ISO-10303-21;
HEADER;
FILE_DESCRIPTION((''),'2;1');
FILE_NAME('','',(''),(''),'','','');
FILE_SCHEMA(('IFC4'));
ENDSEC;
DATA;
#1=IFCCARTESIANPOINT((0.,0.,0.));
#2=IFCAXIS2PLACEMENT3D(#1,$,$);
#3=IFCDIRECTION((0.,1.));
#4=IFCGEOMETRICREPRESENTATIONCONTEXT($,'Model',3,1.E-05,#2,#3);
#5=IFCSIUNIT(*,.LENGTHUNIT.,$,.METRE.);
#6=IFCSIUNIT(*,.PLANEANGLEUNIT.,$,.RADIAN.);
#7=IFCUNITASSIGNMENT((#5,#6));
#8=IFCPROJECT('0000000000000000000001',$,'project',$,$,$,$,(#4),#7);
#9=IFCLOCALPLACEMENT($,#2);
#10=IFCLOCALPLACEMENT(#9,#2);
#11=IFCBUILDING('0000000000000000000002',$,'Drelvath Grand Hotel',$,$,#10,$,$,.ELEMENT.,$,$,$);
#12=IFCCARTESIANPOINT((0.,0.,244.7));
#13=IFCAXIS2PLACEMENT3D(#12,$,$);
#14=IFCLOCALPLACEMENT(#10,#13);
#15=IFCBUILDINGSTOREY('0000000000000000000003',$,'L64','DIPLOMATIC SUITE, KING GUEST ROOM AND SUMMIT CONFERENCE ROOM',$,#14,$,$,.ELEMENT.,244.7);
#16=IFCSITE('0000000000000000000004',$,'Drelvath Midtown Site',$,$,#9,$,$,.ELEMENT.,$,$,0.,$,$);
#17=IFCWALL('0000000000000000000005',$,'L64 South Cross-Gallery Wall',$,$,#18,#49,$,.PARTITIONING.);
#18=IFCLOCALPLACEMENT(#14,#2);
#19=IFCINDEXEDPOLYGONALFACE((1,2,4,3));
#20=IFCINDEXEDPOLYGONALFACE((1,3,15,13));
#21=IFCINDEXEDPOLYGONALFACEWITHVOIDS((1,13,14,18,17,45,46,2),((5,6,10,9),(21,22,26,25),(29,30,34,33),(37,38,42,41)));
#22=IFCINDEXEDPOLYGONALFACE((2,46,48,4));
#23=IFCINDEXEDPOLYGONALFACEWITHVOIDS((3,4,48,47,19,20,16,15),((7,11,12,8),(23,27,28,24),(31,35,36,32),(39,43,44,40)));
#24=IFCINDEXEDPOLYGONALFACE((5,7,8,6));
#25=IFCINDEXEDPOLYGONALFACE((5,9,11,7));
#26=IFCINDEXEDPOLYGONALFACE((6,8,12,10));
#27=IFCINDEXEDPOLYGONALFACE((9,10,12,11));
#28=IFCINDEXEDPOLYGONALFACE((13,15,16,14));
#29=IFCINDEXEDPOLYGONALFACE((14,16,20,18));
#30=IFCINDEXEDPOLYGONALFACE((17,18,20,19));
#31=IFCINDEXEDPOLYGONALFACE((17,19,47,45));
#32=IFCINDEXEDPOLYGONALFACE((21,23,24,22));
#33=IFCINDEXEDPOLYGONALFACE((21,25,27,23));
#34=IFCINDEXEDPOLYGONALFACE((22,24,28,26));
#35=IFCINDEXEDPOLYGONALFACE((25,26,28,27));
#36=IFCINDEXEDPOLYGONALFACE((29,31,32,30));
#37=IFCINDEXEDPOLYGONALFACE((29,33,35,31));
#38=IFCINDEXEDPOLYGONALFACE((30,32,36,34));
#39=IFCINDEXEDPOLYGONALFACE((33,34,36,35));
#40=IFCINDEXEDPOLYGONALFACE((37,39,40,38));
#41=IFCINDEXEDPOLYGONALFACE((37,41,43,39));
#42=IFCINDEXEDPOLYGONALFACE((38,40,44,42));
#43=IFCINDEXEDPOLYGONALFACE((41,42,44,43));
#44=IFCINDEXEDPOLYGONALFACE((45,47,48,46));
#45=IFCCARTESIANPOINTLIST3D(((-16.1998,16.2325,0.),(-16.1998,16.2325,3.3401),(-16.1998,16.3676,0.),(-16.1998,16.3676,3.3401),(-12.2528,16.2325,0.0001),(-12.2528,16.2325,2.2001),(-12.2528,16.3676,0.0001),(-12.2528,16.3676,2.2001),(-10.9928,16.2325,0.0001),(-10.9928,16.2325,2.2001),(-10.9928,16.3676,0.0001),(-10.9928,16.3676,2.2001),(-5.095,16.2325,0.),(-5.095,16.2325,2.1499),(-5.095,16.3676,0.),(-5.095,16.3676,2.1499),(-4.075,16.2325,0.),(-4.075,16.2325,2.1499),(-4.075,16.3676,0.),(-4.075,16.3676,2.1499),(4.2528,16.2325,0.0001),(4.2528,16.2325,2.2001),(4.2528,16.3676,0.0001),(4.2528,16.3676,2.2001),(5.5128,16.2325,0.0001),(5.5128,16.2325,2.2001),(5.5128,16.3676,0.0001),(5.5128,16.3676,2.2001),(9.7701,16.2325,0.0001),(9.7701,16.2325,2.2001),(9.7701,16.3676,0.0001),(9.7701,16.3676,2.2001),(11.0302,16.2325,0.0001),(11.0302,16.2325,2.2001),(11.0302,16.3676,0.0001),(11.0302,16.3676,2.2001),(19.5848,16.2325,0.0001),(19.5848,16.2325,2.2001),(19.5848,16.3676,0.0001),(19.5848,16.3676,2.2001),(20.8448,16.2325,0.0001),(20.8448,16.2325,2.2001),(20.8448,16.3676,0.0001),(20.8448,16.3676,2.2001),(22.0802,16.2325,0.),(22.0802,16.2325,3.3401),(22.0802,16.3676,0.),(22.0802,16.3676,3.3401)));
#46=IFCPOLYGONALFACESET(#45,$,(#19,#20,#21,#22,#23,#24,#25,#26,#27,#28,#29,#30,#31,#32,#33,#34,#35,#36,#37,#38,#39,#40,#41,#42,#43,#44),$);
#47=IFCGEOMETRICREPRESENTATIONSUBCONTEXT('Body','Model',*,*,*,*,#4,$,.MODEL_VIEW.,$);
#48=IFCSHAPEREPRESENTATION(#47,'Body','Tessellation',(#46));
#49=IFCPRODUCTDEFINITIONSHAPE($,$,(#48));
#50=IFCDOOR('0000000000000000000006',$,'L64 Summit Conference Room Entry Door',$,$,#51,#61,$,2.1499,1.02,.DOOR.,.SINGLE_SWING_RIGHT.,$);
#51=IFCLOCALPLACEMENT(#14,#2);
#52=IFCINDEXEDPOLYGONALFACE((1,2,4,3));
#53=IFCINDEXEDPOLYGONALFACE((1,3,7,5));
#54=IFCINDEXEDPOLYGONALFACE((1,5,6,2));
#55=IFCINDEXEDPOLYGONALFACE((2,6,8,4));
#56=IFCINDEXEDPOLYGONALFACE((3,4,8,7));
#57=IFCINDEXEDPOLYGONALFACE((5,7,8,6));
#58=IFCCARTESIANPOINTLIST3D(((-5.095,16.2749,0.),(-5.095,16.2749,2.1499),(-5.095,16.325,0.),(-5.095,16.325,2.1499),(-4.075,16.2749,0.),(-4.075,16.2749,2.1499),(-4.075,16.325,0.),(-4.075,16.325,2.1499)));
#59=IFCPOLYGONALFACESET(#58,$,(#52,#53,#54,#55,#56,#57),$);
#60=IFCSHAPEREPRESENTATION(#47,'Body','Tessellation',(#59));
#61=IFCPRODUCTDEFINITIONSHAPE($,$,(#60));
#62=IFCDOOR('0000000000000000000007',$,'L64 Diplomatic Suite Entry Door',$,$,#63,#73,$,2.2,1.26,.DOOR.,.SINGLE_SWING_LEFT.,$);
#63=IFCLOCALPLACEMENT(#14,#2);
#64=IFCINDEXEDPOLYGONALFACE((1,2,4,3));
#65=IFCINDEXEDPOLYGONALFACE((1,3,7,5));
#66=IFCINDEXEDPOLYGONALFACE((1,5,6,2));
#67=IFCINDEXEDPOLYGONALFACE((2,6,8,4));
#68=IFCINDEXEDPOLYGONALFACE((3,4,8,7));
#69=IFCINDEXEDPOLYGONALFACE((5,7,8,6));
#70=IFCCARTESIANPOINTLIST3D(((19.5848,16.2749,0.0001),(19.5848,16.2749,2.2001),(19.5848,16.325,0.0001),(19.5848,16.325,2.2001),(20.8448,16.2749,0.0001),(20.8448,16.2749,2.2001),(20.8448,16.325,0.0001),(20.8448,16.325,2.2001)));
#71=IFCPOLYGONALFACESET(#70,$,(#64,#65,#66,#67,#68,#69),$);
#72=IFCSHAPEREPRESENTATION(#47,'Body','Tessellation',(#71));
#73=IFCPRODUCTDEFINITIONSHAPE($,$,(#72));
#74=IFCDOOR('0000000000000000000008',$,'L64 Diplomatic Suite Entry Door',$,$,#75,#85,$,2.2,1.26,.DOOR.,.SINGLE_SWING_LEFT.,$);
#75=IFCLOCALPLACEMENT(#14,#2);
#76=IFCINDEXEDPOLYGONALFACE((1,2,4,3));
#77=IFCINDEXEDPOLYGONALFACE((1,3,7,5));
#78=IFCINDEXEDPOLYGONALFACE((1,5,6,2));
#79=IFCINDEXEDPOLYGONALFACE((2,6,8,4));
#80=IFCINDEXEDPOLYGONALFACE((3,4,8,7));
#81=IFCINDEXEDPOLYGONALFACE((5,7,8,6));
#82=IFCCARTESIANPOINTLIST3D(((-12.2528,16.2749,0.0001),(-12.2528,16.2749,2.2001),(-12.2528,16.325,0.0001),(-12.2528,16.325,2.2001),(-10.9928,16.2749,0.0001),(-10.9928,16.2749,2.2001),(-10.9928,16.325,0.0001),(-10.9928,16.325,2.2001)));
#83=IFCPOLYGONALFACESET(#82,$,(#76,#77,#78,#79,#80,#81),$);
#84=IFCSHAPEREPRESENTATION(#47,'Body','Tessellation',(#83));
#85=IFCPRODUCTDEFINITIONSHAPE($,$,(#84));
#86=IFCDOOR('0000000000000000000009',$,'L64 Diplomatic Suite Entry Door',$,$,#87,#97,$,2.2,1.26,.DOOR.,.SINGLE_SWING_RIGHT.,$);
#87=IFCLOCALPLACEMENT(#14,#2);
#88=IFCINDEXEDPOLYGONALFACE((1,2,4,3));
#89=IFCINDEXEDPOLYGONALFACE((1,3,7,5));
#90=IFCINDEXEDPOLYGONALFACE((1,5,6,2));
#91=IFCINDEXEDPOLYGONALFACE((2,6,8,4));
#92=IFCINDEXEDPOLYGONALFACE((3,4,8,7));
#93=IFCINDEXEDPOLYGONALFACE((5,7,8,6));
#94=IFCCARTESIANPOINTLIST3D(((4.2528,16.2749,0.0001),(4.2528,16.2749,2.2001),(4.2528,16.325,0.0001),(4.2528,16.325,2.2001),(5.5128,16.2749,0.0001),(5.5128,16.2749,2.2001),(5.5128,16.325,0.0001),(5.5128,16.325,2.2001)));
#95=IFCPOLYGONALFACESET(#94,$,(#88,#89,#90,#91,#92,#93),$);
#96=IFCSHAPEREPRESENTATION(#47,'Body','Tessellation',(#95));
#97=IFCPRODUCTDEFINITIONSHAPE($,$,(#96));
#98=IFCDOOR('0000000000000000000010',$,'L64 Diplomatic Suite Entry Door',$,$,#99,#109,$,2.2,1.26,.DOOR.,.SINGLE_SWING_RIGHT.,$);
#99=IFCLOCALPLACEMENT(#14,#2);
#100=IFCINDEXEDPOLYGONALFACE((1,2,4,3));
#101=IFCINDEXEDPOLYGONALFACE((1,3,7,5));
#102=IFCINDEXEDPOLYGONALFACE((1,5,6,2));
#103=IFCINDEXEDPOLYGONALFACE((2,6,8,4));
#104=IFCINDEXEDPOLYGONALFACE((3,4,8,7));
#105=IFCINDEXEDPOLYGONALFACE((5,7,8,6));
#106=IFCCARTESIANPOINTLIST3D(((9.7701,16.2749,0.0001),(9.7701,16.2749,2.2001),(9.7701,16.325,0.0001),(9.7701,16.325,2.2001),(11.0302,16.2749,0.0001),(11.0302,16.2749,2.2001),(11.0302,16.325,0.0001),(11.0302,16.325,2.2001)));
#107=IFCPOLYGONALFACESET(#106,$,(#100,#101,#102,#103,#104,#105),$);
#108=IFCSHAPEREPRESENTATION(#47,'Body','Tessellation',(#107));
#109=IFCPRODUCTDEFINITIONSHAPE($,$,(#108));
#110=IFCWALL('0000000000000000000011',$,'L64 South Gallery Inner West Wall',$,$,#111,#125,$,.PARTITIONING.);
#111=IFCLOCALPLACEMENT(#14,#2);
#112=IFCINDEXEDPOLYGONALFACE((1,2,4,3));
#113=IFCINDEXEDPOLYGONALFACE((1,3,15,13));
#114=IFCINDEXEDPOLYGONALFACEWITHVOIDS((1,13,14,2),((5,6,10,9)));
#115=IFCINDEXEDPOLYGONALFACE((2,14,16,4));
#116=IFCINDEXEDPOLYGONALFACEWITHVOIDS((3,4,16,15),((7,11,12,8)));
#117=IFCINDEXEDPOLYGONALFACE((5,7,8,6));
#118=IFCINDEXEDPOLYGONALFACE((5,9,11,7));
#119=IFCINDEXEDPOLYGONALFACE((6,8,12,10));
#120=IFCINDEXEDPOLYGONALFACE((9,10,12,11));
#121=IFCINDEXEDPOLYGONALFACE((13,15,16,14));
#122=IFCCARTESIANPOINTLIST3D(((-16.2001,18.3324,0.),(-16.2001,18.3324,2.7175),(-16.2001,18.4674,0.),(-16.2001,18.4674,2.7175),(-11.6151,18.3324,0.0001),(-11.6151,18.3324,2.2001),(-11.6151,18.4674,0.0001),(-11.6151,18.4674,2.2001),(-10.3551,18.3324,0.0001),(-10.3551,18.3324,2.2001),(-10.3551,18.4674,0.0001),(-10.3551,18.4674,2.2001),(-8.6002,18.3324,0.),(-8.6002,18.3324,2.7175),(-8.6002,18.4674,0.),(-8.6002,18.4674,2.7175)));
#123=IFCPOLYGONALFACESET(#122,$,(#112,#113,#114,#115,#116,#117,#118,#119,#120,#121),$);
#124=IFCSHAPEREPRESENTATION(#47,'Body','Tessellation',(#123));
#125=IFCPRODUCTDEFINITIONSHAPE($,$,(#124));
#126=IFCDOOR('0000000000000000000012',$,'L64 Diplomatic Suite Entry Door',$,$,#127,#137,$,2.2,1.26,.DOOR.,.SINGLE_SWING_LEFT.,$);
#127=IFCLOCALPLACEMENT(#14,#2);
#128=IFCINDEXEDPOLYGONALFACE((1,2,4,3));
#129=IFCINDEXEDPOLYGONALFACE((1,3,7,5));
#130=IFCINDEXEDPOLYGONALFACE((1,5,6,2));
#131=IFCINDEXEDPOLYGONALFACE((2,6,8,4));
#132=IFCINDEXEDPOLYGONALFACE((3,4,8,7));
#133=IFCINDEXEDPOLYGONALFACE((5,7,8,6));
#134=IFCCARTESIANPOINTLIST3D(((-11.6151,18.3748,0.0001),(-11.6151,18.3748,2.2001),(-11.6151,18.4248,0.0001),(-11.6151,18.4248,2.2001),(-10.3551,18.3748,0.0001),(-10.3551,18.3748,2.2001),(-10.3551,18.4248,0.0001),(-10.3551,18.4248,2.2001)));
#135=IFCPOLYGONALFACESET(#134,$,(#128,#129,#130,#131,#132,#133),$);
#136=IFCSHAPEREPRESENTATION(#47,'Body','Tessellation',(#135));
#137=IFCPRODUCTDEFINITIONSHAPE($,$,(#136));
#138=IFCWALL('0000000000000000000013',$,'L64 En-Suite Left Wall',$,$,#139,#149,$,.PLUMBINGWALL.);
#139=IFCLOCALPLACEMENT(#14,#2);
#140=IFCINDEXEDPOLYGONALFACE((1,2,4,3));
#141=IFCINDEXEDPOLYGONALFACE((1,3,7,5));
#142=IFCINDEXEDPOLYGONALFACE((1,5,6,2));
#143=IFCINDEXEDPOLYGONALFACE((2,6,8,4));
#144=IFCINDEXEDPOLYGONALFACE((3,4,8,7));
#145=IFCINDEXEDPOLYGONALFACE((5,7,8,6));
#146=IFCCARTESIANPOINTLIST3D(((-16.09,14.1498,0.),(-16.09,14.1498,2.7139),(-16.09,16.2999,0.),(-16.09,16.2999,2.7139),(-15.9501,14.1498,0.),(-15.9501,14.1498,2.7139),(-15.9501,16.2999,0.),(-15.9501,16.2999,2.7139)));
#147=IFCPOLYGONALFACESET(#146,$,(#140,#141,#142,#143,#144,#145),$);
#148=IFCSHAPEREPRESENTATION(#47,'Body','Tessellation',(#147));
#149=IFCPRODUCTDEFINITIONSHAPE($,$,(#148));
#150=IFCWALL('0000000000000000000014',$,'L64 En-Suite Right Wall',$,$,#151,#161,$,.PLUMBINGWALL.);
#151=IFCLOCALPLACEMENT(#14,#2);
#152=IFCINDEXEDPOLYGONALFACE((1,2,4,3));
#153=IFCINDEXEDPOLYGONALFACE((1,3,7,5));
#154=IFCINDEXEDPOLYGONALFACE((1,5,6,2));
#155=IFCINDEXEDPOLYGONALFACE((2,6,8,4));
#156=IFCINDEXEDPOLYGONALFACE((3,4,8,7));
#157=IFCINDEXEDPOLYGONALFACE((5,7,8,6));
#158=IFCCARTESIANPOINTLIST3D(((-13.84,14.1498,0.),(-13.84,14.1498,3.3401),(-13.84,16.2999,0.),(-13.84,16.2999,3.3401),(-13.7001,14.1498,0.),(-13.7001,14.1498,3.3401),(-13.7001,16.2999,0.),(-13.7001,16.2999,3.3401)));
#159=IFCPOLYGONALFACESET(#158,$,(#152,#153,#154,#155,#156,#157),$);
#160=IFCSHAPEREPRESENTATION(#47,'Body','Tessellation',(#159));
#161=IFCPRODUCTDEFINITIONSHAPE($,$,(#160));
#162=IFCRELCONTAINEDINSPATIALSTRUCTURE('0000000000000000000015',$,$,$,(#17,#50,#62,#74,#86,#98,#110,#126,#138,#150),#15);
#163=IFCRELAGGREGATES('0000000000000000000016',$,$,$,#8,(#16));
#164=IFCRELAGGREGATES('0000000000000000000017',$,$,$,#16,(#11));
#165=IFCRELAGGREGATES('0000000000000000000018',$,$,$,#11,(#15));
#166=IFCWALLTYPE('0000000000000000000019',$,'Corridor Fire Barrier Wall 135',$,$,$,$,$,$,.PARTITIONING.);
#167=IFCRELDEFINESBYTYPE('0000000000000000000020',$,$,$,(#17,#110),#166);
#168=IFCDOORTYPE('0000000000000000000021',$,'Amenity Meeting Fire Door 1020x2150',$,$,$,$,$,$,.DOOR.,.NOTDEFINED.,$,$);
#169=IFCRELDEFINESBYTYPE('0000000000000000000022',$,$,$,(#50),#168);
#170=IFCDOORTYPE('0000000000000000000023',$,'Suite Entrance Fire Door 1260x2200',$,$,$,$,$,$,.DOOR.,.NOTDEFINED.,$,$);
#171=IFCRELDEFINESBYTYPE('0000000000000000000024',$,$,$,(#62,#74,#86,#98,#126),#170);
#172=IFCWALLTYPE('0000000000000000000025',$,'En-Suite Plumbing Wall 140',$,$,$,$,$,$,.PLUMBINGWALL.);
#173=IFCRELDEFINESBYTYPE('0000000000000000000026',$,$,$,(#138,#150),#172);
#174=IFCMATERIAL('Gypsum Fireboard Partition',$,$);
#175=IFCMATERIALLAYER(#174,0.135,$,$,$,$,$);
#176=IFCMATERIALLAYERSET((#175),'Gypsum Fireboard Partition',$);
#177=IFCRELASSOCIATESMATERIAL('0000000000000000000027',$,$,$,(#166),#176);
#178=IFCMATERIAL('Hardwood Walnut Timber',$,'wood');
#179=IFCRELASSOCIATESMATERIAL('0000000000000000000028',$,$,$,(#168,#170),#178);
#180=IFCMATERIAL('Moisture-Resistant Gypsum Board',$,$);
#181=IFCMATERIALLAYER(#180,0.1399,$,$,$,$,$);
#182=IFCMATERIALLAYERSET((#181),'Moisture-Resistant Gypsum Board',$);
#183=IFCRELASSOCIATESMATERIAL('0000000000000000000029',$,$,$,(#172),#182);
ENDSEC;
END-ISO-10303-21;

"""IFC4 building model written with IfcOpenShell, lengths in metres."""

from ifc_helpers import new_model, si_unit, direction, frame, frame_2d, origin, place, context, subcontext, project, spatial, rectangle, extrude, material, layer, layer_set, type_object, element, fill, save


model = new_model("IFC4")

# Units and contexts
model_context = context("Model", 3, precision=1e-05, world=origin(), true_north=direction((0.0, 1.0)))
body_context = subcontext(model_context, "Body", "Model", "MODEL_VIEW")
ifc_project = project(units=[si_unit("LENGTHUNIT", "METRE"), si_unit("PLANEANGLEUNIT", "RADIAN")], contexts=[model_context])

# Site, building, storey
site_placement = place(None, origin())
site = spatial("IfcSite", under=ifc_project, at=site_placement, Name="Drelvath Midtown Site", CompositionType="ELEMENT", RefElevation=0.0)
building_placement = place(site_placement, origin())
building = spatial("IfcBuilding", under=site, at=building_placement, Name="Drelvath Grand Hotel", CompositionType="ELEMENT")
storey_placement = place(building_placement, frame((0.0, 0.0, 244.7)))
storey = spatial("IfcBuildingStorey", under=building, at=storey_placement, Name="L64", Description="DIPLOMATIC SUITE, KING GUEST ROOM AND SUMMIT CONFERENCE ROOM", CompositionType="ELEMENT", Elevation=244.7)

# Wall, openings, doors
ifc_material_1 = material(Name="Gypsum Fireboard Partition")
ifc_layer_1 = layer(ifc_material_1, 0.135)
ifc_layer_set_1 = layer_set([ifc_layer_1], Name="Gypsum Fireboard Partition")
wall_type_1 = type_object("IfcWallType", Name="Corridor Fire Barrier Wall 135", PredefinedType="PARTITIONING", material=ifc_layer_set_1)
wall_1_placement = place(storey_placement, frame((-16.2, 16.3, 0.0), z_axis=(0.0, 0.0, 1.0), x_axis=(1.0, 0.0, 0.0)))
wall_1 = element("IfcWall", 1, at=wall_1_placement, inside=storey, type_object=wall_type_1, Name="L64 South Cross-Gallery Wall", PredefinedType="PARTITIONING", context=body_context, shape_type="SweptSolid", body=[
    extrude(rectangle(XDim=38.28, YDim=0.135, at=frame_2d((19.1401, 0.0))), origin(), (0.0, 0.0, 1.0), 3.3401),
])
opening_1_placement = place(wall_1_placement, frame((35.7849, 0.0, 0.0)))
opening_1 = element("IfcOpeningElement", 2, at=opening_1_placement, cuts=wall_1, PredefinedType="OPENING", context=body_context, shape_type="SweptSolid", body=[
    extrude(rectangle(XDim=1.26, YDim=2.2, at=frame_2d((0.6299, 1.1001))), frame((0.0, 0.0774, 0.0), z_axis=(0.0, -1.0, 0.0), x_axis=(1.0, 0.0, 0.0)), (0.0, 0.0, 1.0), 0.155),
])
opening_2_placement = place(wall_1_placement, frame((3.9473, 0.0, 0.0)))
opening_2 = element("IfcOpeningElement", 3, at=opening_2_placement, cuts=wall_1, PredefinedType="OPENING", context=body_context, shape_type="SweptSolid", body=[
    extrude(rectangle(XDim=1.26, YDim=2.2, at=frame_2d((0.6299, 1.1001))), frame((0.0, 0.0774, 0.0), z_axis=(0.0, -1.0, 0.0), x_axis=(1.0, 0.0, 0.0)), (0.0, 0.0, 1.0), 0.155),
])
opening_3_placement = place(wall_1_placement, frame((11.105, 0.0, 0.0)))
opening_3 = element("IfcOpeningElement", 4, at=opening_3_placement, cuts=wall_1, PredefinedType="OPENING", context=body_context, shape_type="SweptSolid", body=[
    extrude(rectangle(XDim=1.02, YDim=2.1499, at=frame_2d((0.51, 1.075))), frame((0.0, 0.0774, 0.0), z_axis=(0.0, -1.0, 0.0), x_axis=(1.0, 0.0, 0.0)), (0.0, 0.0, 1.0), 0.155),
])
opening_4_placement = place(wall_1_placement, frame((20.4529, 0.0, 0.0)))
opening_4 = element("IfcOpeningElement", 5, at=opening_4_placement, cuts=wall_1, PredefinedType="OPENING", context=body_context, shape_type="SweptSolid", body=[
    extrude(rectangle(XDim=1.26, YDim=2.2, at=frame_2d((0.6299, 1.1001))), frame((0.0, 0.0774, 0.0), z_axis=(0.0, -1.0, 0.0), x_axis=(1.0, 0.0, 0.0)), (0.0, 0.0, 1.0), 0.155),
])
opening_5_placement = place(wall_1_placement, frame((25.9702, 0.0, 0.0)))
opening_5 = element("IfcOpeningElement", 6, at=opening_5_placement, cuts=wall_1, PredefinedType="OPENING", context=body_context, shape_type="SweptSolid", body=[
    extrude(rectangle(XDim=1.26, YDim=2.2, at=frame_2d((0.6299, 1.1001))), frame((0.0, 0.0774, 0.0), z_axis=(0.0, -1.0, 0.0), x_axis=(1.0, 0.0, 0.0)), (0.0, 0.0, 1.0), 0.155),
])
ifc_material_2 = material(Name="Hardwood Walnut Timber", Category="wood")
door_type_1 = type_object("IfcDoorType", Name="Amenity Meeting Fire Door 1020x2150", OperationType="NOTDEFINED", PredefinedType="DOOR", material=ifc_material_2)
door_1_placement = place(opening_3_placement, origin())
door_1 = element("IfcDoor", 7, at=door_1_placement, inside=storey, type_object=door_type_1, Name="L64 Summit Conference Room Entry Door", OperationType="SINGLE_SWING_RIGHT", OverallHeight=2.1499, OverallWidth=1.02, PredefinedType="DOOR", context=body_context, shape_type="SweptSolid", body=[
    extrude(rectangle(XDim=1.02, YDim=2.1499, at=frame_2d((0.51, 1.075))), frame((0.0, 0.0249, 0.0), z_axis=(0.0, -1.0, 0.0), x_axis=(1.0, 0.0, 0.0)), (0.0, 0.0, 1.0), 0.05),
])
fill(opening_3, door_1)
door_type_2 = type_object("IfcDoorType", Name="Suite Entrance Fire Door 1260x2200", OperationType="NOTDEFINED", PredefinedType="DOOR", material=ifc_material_2)
door_2_placement = place(opening_1_placement, origin())
door_2 = element("IfcDoor", 8, at=door_2_placement, inside=storey, type_object=door_type_2, Name="L64 Diplomatic Suite Entry Door", OperationType="SINGLE_SWING_LEFT", OverallHeight=2.2, OverallWidth=1.26, PredefinedType="DOOR", context=body_context, shape_type="SweptSolid", body=[
    extrude(rectangle(XDim=1.26, YDim=2.2, at=frame_2d((0.6299, 1.1001))), frame((0.0, 0.0249, 0.0), z_axis=(0.0, -1.0, 0.0), x_axis=(1.0, 0.0, 0.0)), (0.0, 0.0, 1.0), 0.05),
])
fill(opening_1, door_2)
door_3_placement = place(opening_2_placement, origin())
door_3 = element("IfcDoor", 9, at=door_3_placement, inside=storey, type_object=door_type_2, Name="L64 Diplomatic Suite Entry Door", OperationType="SINGLE_SWING_LEFT", OverallHeight=2.2, OverallWidth=1.26, PredefinedType="DOOR", context=body_context, shape_type="SweptSolid", body=[
    extrude(rectangle(XDim=1.26, YDim=2.2, at=frame_2d((0.6299, 1.1001))), frame((0.0, 0.0249, 0.0), z_axis=(0.0, -1.0, 0.0), x_axis=(1.0, 0.0, 0.0)), (0.0, 0.0, 1.0), 0.05),
])
fill(opening_2, door_3)
door_4_placement = place(opening_4_placement, origin())
door_4 = element("IfcDoor", 10, at=door_4_placement, inside=storey, type_object=door_type_2, Name="L64 Diplomatic Suite Entry Door", OperationType="SINGLE_SWING_RIGHT", OverallHeight=2.2, OverallWidth=1.26, PredefinedType="DOOR", context=body_context, shape_type="SweptSolid", body=[
    extrude(rectangle(XDim=1.26, YDim=2.2, at=frame_2d((0.6299, 1.1001))), frame((0.0, 0.0249, 0.0), z_axis=(0.0, -1.0, 0.0), x_axis=(1.0, 0.0, 0.0)), (0.0, 0.0, 1.0), 0.05),
])
fill(opening_4, door_4)
door_5_placement = place(opening_5_placement, origin())
door_5 = element("IfcDoor", 11, at=door_5_placement, inside=storey, type_object=door_type_2, Name="L64 Diplomatic Suite Entry Door", OperationType="SINGLE_SWING_RIGHT", OverallHeight=2.2, OverallWidth=1.26, PredefinedType="DOOR", context=body_context, shape_type="SweptSolid", body=[
    extrude(rectangle(XDim=1.26, YDim=2.2, at=frame_2d((0.6299, 1.1001))), frame((0.0, 0.0249, 0.0), z_axis=(0.0, -1.0, 0.0), x_axis=(1.0, 0.0, 0.0)), (0.0, 0.0, 1.0), 0.05),
])
fill(opening_5, door_5)

# Wall, opening, door
wall_2_placement = place(storey_placement, frame((-16.2, 18.3999, 0.0), z_axis=(0.0, 0.0, 1.0), x_axis=(1.0, 0.0, 0.0)))
wall_2 = element("IfcWall", 12, at=wall_2_placement, inside=storey, type_object=wall_type_1, Name="L64 South Gallery Inner West Wall", PredefinedType="PARTITIONING", context=body_context, shape_type="SweptSolid", body=[
    extrude(rectangle(XDim=7.5999, YDim=0.135, at=frame_2d((3.7998, 0.0))), origin(), (0.0, 0.0, 1.0), 2.7175),
])
opening_6_placement = place(wall_2_placement, frame((4.585, 0.0, 0.0)))
opening_6 = element("IfcOpeningElement", 13, at=opening_6_placement, cuts=wall_2, PredefinedType="OPENING", context=body_context, shape_type="SweptSolid", body=[
    extrude(rectangle(XDim=1.26, YDim=2.2, at=frame_2d((0.6299, 1.1001))), frame((0.0, 0.0774, 0.0), z_axis=(0.0, -1.0, 0.0), x_axis=(1.0, 0.0, 0.0)), (0.0, 0.0, 1.0), 0.155),
])
door_6_placement = place(opening_6_placement, origin())
door_6 = element("IfcDoor", 14, at=door_6_placement, inside=storey, type_object=door_type_2, Name="L64 Diplomatic Suite Entry Door", OperationType="SINGLE_SWING_LEFT", OverallHeight=2.2, OverallWidth=1.26, PredefinedType="DOOR", context=body_context, shape_type="SweptSolid", body=[
    extrude(rectangle(XDim=1.26, YDim=2.2, at=frame_2d((0.6299, 1.1001))), frame((0.0, 0.0249, 0.0), z_axis=(0.0, -1.0, 0.0), x_axis=(1.0, 0.0, 0.0)), (0.0, 0.0, 1.0), 0.05),
])
fill(opening_6, door_6)

# Walls
ifc_material_3 = material(Name="Moisture-Resistant Gypsum Board")
ifc_layer_2 = layer(ifc_material_3, 0.1399)
ifc_layer_set_2 = layer_set([ifc_layer_2], Name="Moisture-Resistant Gypsum Board")
wall_type_2 = type_object("IfcWallType", Name="En-Suite Plumbing Wall 140", PredefinedType="PLUMBINGWALL", material=ifc_layer_set_2)
wall_3_placement = place(storey_placement, frame((-16.02, 16.3, 0.0), z_axis=(0.0, 0.0, 1.0), x_axis=(0.0, -1.0, 0.0)))
element("IfcWall", 15, at=wall_3_placement, inside=storey, type_object=wall_type_2, Name="L64 En-Suite Left Wall", PredefinedType="PLUMBINGWALL", context=body_context, shape_type="SweptSolid", body=[
    extrude(rectangle(XDim=2.1501, YDim=0.1399, at=frame_2d((1.0752, 0.0))), origin(), (0.0, 0.0, 1.0), 2.7139),
])
wall_4_placement = place(storey_placement, frame((-13.77, 16.3, 0.0), z_axis=(0.0, 0.0, 1.0), x_axis=(0.0, -1.0, 0.0)))
element("IfcWall", 16, at=wall_4_placement, inside=storey, type_object=wall_type_2, Name="L64 En-Suite Right Wall", PredefinedType="PLUMBINGWALL", context=body_context, shape_type="SweptSolid", body=[
    extrude(rectangle(XDim=2.1501, YDim=0.1399, at=frame_2d((1.0752, 0.0))), origin(), (0.0, 0.0, 1.0), 3.3401),
])

save(model, "model.ifc")
